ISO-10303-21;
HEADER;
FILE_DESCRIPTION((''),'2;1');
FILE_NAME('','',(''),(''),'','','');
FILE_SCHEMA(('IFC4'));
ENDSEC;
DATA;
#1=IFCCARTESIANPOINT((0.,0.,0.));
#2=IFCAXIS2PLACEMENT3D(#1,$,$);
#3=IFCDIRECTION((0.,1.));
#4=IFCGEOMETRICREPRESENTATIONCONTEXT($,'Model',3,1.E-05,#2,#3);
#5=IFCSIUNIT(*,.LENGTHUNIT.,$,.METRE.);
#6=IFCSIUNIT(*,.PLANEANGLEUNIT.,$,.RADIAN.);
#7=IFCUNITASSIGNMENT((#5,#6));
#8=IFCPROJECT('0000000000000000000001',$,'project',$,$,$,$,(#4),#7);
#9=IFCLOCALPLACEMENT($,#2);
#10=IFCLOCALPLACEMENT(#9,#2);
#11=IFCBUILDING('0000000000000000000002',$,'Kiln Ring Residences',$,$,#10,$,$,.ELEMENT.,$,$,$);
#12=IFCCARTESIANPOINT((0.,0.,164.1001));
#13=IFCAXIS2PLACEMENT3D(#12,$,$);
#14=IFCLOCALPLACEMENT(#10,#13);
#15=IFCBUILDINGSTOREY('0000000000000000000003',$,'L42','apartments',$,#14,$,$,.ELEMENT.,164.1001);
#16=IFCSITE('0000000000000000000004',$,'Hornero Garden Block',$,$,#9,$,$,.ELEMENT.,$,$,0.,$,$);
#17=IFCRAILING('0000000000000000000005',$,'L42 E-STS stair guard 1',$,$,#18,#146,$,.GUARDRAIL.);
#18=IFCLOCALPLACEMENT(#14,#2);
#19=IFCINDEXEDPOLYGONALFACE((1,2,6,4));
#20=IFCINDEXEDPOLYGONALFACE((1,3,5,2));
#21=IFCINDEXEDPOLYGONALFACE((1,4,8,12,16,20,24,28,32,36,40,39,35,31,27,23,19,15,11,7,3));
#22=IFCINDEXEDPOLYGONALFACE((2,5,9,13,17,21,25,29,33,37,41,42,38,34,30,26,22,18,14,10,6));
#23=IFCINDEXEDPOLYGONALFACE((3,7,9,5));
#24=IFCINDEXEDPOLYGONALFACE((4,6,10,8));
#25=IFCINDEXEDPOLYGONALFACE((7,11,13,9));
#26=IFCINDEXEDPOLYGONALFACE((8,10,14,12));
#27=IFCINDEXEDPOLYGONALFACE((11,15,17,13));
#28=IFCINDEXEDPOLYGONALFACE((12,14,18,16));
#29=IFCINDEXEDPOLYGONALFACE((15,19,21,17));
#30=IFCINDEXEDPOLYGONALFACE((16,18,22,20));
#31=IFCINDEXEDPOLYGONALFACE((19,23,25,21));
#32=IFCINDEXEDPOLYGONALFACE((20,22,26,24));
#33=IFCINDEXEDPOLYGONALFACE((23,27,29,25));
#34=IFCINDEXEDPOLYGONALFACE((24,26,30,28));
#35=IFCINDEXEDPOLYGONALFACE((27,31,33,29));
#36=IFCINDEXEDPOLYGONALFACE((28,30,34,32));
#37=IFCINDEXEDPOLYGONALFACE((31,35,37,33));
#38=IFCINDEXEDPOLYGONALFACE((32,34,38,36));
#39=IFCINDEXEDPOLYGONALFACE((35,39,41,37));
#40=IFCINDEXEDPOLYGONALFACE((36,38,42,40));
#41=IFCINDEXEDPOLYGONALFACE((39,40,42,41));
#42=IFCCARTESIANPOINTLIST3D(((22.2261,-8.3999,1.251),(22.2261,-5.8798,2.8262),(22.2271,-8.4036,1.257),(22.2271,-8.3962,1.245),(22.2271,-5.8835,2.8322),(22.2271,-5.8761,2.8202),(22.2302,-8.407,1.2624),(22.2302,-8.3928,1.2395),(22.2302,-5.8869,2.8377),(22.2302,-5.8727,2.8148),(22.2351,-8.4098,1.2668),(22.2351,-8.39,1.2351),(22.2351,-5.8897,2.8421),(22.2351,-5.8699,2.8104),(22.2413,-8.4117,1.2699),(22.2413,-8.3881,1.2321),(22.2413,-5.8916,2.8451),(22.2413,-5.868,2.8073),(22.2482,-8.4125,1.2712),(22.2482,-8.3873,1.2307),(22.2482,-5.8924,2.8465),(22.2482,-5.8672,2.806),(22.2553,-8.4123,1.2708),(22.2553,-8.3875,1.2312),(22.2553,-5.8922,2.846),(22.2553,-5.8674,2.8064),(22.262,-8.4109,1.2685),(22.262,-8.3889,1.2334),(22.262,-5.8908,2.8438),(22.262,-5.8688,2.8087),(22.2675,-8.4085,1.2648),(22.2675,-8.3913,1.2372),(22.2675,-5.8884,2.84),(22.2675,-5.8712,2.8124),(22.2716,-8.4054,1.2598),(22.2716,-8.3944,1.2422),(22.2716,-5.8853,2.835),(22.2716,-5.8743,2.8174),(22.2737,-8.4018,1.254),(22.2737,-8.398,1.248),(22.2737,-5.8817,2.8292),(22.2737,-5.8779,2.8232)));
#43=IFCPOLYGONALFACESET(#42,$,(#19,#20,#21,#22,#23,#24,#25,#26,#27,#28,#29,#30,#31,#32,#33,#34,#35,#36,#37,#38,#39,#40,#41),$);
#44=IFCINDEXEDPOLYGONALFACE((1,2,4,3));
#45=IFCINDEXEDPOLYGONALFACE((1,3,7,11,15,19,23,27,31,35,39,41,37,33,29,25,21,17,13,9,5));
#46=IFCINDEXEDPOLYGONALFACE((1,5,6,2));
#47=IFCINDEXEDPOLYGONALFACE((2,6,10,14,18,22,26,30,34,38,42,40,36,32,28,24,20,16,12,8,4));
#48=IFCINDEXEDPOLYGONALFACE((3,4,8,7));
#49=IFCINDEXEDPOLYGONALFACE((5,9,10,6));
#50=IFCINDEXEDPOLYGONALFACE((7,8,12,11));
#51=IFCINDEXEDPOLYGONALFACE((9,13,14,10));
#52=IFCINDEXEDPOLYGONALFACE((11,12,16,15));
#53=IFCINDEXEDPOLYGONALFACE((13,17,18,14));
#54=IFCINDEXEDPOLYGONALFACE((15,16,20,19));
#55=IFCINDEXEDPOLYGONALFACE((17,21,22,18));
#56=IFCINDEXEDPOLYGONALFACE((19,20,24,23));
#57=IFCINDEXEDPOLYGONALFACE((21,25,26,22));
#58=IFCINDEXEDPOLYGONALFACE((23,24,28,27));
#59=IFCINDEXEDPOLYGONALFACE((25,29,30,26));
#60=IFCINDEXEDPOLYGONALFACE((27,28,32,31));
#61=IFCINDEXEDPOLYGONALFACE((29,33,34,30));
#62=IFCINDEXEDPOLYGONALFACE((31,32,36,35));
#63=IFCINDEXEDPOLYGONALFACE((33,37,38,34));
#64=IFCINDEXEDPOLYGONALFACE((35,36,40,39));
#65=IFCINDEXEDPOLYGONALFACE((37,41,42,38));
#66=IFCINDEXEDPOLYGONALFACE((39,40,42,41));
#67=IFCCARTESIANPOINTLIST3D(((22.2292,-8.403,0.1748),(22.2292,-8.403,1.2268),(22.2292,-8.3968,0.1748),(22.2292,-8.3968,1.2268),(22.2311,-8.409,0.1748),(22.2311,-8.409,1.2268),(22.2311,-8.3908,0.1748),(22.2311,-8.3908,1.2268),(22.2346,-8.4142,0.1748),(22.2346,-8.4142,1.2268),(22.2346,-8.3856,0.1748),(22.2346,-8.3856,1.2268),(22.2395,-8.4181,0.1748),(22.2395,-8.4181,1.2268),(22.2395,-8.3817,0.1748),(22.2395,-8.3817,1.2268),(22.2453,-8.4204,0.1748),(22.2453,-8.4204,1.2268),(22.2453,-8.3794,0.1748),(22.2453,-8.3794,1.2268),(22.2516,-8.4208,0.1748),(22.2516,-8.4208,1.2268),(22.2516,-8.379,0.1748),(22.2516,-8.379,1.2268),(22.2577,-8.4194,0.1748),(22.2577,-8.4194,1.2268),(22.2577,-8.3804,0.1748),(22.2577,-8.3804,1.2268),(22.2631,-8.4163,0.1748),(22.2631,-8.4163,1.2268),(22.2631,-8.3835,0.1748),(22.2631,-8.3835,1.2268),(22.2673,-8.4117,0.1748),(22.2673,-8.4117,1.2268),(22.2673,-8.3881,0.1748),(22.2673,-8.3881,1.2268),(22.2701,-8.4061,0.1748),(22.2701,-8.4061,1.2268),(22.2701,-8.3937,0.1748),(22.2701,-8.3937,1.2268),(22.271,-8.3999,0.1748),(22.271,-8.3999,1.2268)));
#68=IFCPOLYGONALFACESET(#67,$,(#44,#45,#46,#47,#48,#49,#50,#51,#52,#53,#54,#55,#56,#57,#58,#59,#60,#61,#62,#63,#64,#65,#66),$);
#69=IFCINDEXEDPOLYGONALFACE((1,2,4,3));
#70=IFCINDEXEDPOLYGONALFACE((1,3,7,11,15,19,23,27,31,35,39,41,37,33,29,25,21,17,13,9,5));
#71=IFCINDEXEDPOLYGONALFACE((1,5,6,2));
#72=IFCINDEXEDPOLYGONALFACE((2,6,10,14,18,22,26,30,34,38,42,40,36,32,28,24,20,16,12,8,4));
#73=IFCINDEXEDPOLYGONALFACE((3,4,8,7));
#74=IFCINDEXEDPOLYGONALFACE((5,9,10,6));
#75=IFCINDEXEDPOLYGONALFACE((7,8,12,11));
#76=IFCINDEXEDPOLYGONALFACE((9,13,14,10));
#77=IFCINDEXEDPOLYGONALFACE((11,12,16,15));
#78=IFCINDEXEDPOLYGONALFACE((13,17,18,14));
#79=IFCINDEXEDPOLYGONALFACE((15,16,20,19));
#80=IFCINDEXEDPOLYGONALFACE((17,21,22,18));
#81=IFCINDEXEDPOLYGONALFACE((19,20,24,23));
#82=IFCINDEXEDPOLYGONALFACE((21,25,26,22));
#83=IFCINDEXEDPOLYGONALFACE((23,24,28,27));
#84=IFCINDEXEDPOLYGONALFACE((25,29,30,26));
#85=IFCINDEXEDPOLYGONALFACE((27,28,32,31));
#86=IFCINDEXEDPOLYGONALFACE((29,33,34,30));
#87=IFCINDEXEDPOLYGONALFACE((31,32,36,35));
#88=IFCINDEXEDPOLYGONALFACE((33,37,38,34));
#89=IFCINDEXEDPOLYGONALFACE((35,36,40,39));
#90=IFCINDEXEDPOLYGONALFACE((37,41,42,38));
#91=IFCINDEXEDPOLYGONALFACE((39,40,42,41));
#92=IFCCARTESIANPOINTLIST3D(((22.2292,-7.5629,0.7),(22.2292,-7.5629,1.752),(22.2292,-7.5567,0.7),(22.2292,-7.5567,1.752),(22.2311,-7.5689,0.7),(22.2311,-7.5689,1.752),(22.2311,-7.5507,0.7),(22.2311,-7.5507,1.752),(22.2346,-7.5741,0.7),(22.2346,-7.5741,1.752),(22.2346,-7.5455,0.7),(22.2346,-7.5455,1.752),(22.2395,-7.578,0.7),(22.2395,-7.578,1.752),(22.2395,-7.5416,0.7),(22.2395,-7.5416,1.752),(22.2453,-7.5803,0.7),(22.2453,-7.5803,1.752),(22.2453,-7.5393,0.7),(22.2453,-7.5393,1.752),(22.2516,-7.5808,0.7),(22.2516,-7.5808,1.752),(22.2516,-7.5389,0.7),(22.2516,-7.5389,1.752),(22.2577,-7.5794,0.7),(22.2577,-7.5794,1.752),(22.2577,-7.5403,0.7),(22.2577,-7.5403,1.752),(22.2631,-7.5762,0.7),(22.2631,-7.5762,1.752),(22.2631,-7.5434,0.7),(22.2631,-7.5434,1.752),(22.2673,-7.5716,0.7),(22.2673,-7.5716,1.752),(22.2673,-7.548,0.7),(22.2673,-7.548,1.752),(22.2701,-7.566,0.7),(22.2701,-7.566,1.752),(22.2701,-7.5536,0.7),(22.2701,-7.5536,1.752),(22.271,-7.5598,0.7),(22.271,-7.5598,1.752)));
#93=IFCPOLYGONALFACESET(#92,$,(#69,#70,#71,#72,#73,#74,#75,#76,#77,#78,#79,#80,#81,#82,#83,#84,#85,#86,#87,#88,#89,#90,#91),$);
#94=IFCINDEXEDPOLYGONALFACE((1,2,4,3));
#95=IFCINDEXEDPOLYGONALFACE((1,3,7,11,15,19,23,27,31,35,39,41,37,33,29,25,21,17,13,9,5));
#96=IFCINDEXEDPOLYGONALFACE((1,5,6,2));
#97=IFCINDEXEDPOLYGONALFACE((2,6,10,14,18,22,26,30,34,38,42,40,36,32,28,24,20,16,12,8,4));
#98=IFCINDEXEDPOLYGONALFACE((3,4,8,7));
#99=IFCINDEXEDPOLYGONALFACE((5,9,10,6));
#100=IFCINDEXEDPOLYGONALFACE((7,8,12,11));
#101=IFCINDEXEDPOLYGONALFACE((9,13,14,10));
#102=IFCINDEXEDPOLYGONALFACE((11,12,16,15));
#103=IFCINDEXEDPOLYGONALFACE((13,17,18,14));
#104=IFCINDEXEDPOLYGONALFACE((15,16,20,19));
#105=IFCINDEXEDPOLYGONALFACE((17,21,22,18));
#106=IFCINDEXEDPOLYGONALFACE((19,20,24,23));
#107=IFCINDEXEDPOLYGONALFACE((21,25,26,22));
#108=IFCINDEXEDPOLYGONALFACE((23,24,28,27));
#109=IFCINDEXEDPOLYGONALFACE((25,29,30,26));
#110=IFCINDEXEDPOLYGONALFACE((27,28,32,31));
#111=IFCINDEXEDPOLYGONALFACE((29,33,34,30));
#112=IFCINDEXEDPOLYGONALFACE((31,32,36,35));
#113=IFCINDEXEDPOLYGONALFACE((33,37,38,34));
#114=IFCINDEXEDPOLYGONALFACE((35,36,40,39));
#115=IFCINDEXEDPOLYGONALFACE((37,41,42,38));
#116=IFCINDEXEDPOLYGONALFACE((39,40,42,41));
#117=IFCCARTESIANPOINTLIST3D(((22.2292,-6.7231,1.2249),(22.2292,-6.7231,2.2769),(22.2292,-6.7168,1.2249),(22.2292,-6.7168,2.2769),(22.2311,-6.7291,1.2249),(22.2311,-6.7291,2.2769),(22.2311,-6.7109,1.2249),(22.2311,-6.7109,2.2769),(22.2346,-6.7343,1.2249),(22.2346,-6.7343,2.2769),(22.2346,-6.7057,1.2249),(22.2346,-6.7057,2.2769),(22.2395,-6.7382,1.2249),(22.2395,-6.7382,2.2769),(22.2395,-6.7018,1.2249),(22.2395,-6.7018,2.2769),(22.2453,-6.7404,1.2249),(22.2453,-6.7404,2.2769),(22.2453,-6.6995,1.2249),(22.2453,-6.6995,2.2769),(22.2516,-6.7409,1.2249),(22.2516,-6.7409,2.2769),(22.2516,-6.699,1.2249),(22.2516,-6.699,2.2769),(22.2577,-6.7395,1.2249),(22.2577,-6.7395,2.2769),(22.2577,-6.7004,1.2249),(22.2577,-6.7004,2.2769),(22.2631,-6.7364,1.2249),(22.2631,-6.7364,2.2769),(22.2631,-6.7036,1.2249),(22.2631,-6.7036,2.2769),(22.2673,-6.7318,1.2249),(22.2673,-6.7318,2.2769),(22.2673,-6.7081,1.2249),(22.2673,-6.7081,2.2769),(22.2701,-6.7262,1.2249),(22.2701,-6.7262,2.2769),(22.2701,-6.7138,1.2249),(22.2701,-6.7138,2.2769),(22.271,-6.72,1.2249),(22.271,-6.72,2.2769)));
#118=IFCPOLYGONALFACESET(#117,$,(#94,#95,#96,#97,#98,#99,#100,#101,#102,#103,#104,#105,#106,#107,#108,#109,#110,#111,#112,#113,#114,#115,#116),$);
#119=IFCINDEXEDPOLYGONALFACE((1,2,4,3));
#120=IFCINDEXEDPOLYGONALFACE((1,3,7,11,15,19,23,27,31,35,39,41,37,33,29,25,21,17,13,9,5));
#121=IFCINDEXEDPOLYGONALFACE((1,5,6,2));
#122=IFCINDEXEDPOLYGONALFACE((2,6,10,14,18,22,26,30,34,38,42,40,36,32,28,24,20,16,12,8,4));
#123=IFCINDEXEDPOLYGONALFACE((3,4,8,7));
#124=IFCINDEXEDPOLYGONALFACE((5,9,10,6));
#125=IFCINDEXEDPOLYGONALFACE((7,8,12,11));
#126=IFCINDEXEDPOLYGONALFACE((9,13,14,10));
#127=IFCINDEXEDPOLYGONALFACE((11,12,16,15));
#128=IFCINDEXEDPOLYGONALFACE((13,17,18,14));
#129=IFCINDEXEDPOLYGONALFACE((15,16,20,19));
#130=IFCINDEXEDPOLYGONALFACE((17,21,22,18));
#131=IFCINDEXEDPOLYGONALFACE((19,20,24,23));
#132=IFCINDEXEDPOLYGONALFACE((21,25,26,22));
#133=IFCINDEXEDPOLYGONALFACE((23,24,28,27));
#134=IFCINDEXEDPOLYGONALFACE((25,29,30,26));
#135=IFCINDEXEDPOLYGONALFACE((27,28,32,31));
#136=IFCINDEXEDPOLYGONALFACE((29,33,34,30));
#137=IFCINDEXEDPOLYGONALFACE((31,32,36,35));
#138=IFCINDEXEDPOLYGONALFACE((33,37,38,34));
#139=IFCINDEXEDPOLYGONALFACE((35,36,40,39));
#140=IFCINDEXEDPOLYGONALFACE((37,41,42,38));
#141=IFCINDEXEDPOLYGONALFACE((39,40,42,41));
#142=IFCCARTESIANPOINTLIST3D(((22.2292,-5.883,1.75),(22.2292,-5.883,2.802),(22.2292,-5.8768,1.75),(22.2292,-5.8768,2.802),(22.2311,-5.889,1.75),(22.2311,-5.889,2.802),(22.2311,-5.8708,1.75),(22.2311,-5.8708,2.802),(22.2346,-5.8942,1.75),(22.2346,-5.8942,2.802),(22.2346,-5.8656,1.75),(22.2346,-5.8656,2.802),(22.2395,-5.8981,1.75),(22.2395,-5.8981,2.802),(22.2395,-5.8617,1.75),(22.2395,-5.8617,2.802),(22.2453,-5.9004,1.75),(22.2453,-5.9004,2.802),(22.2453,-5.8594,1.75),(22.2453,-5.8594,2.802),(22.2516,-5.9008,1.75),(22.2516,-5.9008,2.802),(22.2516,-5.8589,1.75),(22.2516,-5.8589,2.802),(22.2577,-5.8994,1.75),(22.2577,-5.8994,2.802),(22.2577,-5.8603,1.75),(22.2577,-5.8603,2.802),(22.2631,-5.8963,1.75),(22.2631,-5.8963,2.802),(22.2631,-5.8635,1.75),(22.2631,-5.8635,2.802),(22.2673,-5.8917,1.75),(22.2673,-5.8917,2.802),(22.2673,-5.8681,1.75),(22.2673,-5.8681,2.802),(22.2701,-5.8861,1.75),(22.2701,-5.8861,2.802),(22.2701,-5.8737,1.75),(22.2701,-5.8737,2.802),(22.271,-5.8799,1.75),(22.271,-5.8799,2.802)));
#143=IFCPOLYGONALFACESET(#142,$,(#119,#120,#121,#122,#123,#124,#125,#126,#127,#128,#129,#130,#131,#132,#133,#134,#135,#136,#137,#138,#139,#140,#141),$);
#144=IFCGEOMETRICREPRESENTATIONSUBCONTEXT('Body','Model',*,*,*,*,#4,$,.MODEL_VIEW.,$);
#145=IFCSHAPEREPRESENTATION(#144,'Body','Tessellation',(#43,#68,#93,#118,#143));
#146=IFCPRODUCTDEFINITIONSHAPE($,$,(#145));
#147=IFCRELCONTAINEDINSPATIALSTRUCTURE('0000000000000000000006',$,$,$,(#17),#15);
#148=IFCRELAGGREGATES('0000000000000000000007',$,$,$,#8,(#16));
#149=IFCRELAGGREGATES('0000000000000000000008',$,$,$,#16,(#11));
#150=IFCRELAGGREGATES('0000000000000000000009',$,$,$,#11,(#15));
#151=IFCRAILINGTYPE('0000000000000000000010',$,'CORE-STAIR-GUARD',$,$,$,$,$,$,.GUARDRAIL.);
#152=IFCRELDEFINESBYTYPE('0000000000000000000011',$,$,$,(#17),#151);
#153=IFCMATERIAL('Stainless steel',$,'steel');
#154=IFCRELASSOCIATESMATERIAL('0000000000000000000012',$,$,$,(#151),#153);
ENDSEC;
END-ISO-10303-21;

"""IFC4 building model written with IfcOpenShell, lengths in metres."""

from ifc_helpers import new_model, si_unit, direction, frame, origin, origin_2d, place, context, subcontext, project, spatial, circle, extrude, material, type_object, element, save


model = new_model("IFC4")

# Units and contexts
model_context = context("Model", 3, precision=1e-05, world=origin(), true_north=direction((0.0, 1.0)))
body_context = subcontext(model_context, "Body", "Model", "MODEL_VIEW")
ifc_project = project(units=[si_unit("LENGTHUNIT", "METRE"), si_unit("PLANEANGLEUNIT", "RADIAN")], contexts=[model_context])

# Site, building, storey
site_placement = place(None, origin())
site = spatial("IfcSite", under=ifc_project, at=site_placement, Name="Hornero Garden Block", CompositionType="ELEMENT", RefElevation=0.0)
building_placement = place(site_placement, origin())
building = spatial("IfcBuilding", under=site, at=building_placement, Name="Kiln Ring Residences", CompositionType="ELEMENT")
storey_placement = place(building_placement, frame((0.0, 0.0, 164.1001)))
storey = spatial("IfcBuildingStorey", under=building, at=storey_placement, Name="L42", Description="apartments", CompositionType="ELEMENT", Elevation=164.1001)

# Railing
ifc_material_1 = material(Name="Stainless steel", Category="steel")
railing_type_1 = type_object("IfcRailingType", Name="CORE-STAIR-GUARD", PredefinedType="GUARDRAIL", material=ifc_material_1)
railing_1_placement = place(storey_placement, frame((22.25, -8.3999, 0.1748)))
element("IfcRailing", 1, at=railing_1_placement, inside=storey, type_object=railing_type_1, Name="L42 E-STS stair guard 1", PredefinedType="GUARDRAIL", context=body_context, shape_type="SweptSolid", body=[
    extrude(circle(Radius=0.0239, at=origin_2d()), frame((0.0, 0.0, 1.0762), z_axis=(0.0, 0.847971, 0.530043), x_axis=(-1.0, 0.0, 0.0)), (0.0, 0.0, 1.0), 2.9719),
    extrude(circle(Radius=0.021, at=origin_2d()), origin(), (0.0, 0.0, 1.0), 1.052),
    extrude(circle(Radius=0.021, at=origin_2d()), frame((0.0, 0.8401, 0.5251)), (0.0, 0.0, 1.0), 1.052),
    extrude(circle(Radius=0.021, at=origin_2d()), frame((0.0, 1.6799, 1.05)), (0.0, 0.0, 1.0), 1.052),
    extrude(circle(Radius=0.021, at=origin_2d()), frame((0.0, 2.52, 1.5752)), (0.0, 0.0, 1.0), 1.052),
])

save(model, "model.ifc")
